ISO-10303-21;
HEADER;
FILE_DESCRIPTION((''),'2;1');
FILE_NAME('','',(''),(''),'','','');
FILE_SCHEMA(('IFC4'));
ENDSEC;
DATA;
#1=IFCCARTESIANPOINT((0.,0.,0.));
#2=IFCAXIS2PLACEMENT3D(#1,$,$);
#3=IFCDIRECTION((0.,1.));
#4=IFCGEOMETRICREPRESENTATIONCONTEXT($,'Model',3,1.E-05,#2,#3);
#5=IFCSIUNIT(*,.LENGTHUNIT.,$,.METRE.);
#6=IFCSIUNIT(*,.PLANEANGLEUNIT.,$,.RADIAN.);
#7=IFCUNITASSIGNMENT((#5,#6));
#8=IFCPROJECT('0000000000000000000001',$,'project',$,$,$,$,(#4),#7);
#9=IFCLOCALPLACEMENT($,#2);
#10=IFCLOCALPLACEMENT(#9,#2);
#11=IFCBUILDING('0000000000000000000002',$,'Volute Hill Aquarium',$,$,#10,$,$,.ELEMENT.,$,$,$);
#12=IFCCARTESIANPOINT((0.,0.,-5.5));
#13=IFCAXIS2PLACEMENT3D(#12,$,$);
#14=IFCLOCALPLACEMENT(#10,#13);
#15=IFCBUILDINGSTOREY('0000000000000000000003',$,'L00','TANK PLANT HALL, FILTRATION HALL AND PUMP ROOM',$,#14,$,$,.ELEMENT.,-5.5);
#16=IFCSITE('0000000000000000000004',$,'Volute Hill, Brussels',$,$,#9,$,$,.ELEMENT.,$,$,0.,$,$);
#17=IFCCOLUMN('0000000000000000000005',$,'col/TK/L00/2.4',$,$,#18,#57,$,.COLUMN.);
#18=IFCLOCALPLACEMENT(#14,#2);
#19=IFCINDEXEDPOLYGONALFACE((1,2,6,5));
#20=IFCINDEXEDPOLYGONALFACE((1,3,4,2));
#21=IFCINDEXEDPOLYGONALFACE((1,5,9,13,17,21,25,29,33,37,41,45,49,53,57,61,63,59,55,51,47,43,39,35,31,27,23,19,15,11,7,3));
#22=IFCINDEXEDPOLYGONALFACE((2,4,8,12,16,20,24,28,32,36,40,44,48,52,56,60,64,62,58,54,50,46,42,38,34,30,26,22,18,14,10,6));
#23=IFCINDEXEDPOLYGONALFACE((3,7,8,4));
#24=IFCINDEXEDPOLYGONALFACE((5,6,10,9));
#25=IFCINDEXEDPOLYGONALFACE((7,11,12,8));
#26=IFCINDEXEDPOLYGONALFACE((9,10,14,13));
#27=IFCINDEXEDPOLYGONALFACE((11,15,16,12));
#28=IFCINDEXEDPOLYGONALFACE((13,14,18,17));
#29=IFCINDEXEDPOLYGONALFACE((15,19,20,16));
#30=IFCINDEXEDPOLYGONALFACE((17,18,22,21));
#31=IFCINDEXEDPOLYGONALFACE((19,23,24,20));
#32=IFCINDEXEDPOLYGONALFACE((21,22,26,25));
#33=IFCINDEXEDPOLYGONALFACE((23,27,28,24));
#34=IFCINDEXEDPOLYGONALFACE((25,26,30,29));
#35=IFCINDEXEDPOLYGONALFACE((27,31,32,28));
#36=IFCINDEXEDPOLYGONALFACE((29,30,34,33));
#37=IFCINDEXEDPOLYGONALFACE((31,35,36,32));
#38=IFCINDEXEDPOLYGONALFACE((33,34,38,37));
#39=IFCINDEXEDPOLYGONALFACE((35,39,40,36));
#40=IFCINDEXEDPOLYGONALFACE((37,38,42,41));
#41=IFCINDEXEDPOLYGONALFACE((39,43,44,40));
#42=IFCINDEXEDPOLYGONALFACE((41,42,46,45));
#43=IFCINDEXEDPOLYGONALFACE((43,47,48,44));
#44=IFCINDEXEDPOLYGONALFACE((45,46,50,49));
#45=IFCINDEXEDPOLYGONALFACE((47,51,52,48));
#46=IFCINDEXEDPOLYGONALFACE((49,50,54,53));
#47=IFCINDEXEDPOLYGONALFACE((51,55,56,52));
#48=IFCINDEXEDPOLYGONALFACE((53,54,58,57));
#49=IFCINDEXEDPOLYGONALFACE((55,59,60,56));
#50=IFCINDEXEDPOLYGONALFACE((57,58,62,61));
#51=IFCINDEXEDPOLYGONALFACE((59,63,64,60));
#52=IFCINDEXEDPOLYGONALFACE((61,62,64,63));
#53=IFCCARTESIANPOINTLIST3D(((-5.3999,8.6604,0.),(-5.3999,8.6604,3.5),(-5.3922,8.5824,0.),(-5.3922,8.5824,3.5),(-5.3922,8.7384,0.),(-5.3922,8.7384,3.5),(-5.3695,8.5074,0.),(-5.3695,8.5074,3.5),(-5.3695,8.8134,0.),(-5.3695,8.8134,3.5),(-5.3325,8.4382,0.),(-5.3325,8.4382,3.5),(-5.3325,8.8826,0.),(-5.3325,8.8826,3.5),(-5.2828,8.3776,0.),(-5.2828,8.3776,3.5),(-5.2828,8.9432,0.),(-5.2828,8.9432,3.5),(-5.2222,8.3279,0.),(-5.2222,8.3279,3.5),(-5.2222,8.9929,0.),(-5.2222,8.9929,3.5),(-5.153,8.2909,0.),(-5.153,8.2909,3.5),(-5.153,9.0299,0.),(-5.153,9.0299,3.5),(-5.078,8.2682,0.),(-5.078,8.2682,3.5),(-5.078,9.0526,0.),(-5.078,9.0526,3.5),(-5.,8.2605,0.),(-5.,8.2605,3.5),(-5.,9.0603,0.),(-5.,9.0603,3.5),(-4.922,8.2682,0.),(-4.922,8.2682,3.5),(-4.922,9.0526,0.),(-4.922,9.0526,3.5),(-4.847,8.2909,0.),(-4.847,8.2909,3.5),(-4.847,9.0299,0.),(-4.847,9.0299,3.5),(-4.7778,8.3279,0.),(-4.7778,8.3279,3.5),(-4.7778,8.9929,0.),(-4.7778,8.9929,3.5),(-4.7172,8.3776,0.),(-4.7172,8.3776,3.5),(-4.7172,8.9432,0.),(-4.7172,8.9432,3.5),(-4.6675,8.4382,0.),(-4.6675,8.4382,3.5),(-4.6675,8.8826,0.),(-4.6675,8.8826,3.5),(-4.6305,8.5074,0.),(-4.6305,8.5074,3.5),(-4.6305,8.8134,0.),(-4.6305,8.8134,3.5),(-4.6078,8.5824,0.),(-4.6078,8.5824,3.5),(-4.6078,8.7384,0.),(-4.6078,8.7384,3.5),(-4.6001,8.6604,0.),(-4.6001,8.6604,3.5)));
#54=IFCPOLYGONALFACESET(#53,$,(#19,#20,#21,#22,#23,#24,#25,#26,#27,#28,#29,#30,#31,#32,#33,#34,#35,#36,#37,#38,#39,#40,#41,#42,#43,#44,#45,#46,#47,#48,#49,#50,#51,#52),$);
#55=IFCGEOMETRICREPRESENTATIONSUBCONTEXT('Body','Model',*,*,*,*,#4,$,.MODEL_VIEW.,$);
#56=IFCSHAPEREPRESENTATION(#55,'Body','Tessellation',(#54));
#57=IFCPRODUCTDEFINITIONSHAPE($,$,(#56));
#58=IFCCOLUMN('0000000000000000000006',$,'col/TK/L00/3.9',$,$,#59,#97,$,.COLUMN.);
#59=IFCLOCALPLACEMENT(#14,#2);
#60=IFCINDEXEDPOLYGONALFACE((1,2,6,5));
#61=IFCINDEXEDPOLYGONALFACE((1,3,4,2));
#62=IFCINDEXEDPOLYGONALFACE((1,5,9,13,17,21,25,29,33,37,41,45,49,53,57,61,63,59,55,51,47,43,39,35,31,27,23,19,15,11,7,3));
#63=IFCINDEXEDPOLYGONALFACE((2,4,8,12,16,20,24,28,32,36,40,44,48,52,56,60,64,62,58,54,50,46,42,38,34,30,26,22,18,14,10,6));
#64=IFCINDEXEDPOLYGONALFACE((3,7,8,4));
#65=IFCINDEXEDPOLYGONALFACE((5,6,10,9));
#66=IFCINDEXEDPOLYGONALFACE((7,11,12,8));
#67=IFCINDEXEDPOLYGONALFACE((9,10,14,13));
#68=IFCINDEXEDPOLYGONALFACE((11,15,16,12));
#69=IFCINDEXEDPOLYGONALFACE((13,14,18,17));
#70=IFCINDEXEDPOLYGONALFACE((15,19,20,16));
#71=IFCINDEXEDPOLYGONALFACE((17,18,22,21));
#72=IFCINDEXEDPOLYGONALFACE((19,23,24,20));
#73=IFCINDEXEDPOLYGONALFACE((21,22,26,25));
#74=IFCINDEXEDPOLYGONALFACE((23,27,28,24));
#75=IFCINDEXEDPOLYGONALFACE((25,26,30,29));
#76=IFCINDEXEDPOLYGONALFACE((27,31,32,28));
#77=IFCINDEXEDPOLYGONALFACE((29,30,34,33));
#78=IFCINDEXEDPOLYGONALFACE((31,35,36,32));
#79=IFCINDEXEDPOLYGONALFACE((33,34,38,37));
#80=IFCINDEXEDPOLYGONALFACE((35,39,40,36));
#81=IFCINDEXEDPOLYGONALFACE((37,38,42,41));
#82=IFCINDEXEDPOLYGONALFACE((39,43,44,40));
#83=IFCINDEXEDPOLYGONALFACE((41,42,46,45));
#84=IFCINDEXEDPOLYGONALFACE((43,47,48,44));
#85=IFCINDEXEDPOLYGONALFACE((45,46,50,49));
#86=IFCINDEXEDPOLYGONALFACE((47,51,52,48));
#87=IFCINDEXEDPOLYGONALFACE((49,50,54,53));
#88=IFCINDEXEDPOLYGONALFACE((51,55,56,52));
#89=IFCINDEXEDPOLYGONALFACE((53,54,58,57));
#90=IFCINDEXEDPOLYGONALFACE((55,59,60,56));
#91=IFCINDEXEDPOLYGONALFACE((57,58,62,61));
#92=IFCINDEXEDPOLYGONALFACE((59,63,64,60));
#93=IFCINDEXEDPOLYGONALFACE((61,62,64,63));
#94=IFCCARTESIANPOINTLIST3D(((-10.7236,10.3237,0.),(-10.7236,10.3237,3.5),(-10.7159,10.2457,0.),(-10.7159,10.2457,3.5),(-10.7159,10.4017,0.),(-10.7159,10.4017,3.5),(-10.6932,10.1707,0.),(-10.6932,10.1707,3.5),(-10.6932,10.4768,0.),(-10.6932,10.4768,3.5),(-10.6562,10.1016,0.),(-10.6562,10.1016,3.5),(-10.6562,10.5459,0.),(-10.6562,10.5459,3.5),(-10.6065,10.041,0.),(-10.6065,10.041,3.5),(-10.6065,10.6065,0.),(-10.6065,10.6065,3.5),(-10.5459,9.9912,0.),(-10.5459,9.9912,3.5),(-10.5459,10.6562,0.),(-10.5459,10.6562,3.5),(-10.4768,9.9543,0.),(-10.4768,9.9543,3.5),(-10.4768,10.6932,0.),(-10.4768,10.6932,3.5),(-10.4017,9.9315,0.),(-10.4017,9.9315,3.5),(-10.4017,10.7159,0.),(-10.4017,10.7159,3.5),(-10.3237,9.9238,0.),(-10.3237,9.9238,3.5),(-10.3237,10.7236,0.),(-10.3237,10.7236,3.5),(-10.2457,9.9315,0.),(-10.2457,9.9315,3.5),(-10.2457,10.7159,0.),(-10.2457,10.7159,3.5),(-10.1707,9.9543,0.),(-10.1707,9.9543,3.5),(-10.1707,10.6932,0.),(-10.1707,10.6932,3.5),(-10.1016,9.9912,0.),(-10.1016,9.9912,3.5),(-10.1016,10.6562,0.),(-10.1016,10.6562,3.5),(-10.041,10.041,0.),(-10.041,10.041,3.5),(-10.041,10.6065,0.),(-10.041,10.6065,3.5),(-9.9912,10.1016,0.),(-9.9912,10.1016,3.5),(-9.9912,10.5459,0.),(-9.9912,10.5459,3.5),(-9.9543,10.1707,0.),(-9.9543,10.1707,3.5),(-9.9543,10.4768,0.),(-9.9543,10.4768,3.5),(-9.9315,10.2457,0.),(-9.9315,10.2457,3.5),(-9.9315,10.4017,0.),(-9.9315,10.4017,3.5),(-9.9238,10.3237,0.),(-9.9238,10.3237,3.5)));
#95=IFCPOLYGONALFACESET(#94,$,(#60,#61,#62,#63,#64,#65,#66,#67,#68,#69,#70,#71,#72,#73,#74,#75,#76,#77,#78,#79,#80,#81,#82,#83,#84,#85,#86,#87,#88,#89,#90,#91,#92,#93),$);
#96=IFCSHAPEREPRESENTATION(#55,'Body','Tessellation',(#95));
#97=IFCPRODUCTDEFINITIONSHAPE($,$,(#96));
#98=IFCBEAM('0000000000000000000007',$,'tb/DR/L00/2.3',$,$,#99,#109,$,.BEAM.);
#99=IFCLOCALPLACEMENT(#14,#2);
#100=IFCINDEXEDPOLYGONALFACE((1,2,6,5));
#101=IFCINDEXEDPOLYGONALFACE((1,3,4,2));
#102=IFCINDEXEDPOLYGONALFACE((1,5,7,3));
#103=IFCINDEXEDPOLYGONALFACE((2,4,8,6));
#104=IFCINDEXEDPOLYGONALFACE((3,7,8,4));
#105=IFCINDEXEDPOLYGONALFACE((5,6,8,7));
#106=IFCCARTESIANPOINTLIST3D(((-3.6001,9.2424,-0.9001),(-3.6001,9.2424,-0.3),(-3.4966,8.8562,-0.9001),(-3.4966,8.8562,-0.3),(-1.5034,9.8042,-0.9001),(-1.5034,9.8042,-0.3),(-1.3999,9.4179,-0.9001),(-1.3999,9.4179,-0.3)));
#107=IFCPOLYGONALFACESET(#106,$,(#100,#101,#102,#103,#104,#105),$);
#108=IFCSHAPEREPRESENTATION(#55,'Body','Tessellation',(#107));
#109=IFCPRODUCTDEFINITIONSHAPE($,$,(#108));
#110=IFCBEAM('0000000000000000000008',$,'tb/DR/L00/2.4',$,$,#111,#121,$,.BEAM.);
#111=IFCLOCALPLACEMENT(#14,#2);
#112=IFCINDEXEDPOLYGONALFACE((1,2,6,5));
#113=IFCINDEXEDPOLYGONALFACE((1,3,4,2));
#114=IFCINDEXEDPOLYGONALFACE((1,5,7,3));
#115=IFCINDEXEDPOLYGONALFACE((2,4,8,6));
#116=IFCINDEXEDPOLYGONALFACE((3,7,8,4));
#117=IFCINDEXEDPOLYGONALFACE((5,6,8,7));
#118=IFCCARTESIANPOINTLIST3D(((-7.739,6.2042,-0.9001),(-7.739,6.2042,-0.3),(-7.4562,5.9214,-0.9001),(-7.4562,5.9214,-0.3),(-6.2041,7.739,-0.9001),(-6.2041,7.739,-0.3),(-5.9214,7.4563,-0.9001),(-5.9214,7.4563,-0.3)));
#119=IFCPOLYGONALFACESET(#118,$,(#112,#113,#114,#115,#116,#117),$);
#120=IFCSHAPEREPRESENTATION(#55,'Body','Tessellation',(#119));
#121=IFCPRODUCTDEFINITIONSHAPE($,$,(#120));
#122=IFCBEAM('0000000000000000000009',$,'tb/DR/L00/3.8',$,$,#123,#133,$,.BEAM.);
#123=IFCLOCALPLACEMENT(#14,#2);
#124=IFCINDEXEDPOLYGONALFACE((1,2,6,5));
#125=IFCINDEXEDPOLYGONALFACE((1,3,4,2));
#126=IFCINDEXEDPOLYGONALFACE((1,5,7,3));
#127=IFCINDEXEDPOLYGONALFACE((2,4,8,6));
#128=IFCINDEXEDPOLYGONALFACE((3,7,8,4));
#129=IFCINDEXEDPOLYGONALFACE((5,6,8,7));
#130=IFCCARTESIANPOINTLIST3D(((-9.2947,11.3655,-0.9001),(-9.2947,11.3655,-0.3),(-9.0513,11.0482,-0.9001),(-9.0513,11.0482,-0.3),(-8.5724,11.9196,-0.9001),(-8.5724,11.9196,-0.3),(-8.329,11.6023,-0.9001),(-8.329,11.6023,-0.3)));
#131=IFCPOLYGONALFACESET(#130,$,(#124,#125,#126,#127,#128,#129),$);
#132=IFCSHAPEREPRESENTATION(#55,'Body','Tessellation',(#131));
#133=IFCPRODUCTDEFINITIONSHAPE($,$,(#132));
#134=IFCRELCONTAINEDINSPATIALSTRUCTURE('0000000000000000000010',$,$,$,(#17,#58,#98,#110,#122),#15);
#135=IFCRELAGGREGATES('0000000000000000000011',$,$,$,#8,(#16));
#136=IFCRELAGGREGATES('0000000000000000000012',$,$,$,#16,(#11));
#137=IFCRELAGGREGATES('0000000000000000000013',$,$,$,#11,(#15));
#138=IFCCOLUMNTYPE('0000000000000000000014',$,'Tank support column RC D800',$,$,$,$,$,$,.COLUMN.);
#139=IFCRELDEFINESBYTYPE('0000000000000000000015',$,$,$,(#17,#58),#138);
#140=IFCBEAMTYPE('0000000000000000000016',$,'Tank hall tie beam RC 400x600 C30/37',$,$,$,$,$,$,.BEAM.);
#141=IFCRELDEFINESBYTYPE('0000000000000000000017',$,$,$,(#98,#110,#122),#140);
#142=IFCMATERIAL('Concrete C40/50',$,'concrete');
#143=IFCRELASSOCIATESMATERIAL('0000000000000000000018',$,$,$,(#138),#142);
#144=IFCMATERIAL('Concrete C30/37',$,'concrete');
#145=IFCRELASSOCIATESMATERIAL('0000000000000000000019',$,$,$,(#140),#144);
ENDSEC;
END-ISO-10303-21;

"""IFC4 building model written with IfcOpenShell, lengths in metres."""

from ifc_helpers import new_model, si_unit, direction, frame, origin, origin_2d, place, context, subcontext, project, spatial, rectangle, circle, extrude, material, material_profile, profile_set, type_object, element, save


model = new_model("IFC4")

# Units and contexts
model_context = context("Model", 3, precision=1e-05, world=origin(), true_north=direction((0.0, 1.0)))
body_context = subcontext(model_context, "Body", "Model", "MODEL_VIEW")
ifc_project = project(units=[si_unit("LENGTHUNIT", "METRE"), si_unit("PLANEANGLEUNIT", "RADIAN")], contexts=[model_context])

# Site, building, storey
site_placement = place(None, origin())
site = spatial("IfcSite", under=ifc_project, at=site_placement, Name="Volute Hill, Brussels", CompositionType="ELEMENT", RefElevation=0.0)
building_placement = place(site_placement, origin())
building = spatial("IfcBuilding", under=site, at=building_placement, Name="Volute Hill Aquarium", CompositionType="ELEMENT")
storey_placement = place(building_placement, frame((0.0, 0.0, -5.5)))
storey = spatial("IfcBuildingStorey", under=building, at=storey_placement, Name="L00", Description="TANK PLANT HALL, FILTRATION HALL AND PUMP ROOM", CompositionType="ELEMENT", Elevation=-5.5)

# Columns
ifc_material_1 = material(Name="Concrete C40/50", Category="concrete")
ifc_material_profile_1 = material_profile(ifc_material_1, circle(Radius=0.3999, at=origin_2d()), Name="RC round column D800")
ifc_profile_set_1 = profile_set([ifc_material_profile_1], Name="Concrete C40/50")
column_type = type_object("IfcColumnType", Name="Tank support column RC D800", PredefinedType="COLUMN", material=ifc_profile_set_1)
for number, where, z_axis, x_axis, name in (
    (1, (-5.0, 8.6604, 0.0), (0.0, 0.0, 1.0), (1.0, 0.0, 0.0), "col/TK/L00/2.4"),
    (2, (-10.3237, 10.3237, 0.0), (0.0, 0.0, 1.0), (1.0, 0.0, 0.0), "col/TK/L00/3.9"),
):
    element("IfcColumn", number, at=place(storey_placement, frame(where, z_axis=z_axis, x_axis=x_axis)), inside=storey, type_object=column_type, Name=name, PredefinedType="COLUMN", context=body_context, shape_type="SweptSolid", body=[
        extrude(circle(Radius=0.3999, at=origin_2d()), origin(), (0.0, 0.0, 1.0), 3.5),
    ])

# Beams
ifc_material_2 = material(Name="Concrete C30/37", Category="concrete")
ifc_material_profile_2 = material_profile(ifc_material_2, rectangle(XDim=0.3999, YDim=0.6001, at=origin_2d()), Name="RC tie beam 400x600")
ifc_profile_set_2 = profile_set([ifc_material_profile_2], Name="Concrete C30/37")
beam_type = type_object("IfcBeamType", Name="Tank hall tie beam RC 400x600 C30/37", PredefinedType="BEAM", material=ifc_profile_set_2)
for number, where, z_axis, x_axis, name in (
    (3, (-1.4517, 9.6111, -0.6001), (-0.96593, -0.258804, 0.0), (0.258804, -0.96593, 0.0), "tb/DR/L00/2.3"),
    (4, (-6.0627, 7.5977, -0.6001), (-0.707107, -0.707107, 0.0), (0.707107, -0.707107, 0.0), "tb/DR/L00/2.4"),
):
    element("IfcBeam", number, at=place(storey_placement, frame(where, z_axis=z_axis, x_axis=x_axis)), inside=storey, type_object=beam_type, Name=name, PredefinedType="BEAM", context=body_context, shape_type="SweptSolid", body=[
        extrude(rectangle(XDim=0.3999, YDim=0.6001, at=origin_2d()), origin(), (0.0, 0.0, 1.0), 2.1707),
    ])
beam_placement = place(storey_placement, frame((-8.4507, 11.761, -0.6001), z_axis=(-0.793421, -0.608674, 0.0), x_axis=(0.608674, -0.793421, 0.0)))
element("IfcBeam", 5, at=beam_placement, inside=storey, type_object=beam_type, Name="tb/DR/L00/3.8", PredefinedType="BEAM", context=body_context, shape_type="SweptSolid", body=[
    extrude(rectangle(XDim=0.3999, YDim=0.6001, at=origin_2d()), origin(), (0.0, 0.0, 1.0), 0.9104),
])

save(model, "model.ifc")
